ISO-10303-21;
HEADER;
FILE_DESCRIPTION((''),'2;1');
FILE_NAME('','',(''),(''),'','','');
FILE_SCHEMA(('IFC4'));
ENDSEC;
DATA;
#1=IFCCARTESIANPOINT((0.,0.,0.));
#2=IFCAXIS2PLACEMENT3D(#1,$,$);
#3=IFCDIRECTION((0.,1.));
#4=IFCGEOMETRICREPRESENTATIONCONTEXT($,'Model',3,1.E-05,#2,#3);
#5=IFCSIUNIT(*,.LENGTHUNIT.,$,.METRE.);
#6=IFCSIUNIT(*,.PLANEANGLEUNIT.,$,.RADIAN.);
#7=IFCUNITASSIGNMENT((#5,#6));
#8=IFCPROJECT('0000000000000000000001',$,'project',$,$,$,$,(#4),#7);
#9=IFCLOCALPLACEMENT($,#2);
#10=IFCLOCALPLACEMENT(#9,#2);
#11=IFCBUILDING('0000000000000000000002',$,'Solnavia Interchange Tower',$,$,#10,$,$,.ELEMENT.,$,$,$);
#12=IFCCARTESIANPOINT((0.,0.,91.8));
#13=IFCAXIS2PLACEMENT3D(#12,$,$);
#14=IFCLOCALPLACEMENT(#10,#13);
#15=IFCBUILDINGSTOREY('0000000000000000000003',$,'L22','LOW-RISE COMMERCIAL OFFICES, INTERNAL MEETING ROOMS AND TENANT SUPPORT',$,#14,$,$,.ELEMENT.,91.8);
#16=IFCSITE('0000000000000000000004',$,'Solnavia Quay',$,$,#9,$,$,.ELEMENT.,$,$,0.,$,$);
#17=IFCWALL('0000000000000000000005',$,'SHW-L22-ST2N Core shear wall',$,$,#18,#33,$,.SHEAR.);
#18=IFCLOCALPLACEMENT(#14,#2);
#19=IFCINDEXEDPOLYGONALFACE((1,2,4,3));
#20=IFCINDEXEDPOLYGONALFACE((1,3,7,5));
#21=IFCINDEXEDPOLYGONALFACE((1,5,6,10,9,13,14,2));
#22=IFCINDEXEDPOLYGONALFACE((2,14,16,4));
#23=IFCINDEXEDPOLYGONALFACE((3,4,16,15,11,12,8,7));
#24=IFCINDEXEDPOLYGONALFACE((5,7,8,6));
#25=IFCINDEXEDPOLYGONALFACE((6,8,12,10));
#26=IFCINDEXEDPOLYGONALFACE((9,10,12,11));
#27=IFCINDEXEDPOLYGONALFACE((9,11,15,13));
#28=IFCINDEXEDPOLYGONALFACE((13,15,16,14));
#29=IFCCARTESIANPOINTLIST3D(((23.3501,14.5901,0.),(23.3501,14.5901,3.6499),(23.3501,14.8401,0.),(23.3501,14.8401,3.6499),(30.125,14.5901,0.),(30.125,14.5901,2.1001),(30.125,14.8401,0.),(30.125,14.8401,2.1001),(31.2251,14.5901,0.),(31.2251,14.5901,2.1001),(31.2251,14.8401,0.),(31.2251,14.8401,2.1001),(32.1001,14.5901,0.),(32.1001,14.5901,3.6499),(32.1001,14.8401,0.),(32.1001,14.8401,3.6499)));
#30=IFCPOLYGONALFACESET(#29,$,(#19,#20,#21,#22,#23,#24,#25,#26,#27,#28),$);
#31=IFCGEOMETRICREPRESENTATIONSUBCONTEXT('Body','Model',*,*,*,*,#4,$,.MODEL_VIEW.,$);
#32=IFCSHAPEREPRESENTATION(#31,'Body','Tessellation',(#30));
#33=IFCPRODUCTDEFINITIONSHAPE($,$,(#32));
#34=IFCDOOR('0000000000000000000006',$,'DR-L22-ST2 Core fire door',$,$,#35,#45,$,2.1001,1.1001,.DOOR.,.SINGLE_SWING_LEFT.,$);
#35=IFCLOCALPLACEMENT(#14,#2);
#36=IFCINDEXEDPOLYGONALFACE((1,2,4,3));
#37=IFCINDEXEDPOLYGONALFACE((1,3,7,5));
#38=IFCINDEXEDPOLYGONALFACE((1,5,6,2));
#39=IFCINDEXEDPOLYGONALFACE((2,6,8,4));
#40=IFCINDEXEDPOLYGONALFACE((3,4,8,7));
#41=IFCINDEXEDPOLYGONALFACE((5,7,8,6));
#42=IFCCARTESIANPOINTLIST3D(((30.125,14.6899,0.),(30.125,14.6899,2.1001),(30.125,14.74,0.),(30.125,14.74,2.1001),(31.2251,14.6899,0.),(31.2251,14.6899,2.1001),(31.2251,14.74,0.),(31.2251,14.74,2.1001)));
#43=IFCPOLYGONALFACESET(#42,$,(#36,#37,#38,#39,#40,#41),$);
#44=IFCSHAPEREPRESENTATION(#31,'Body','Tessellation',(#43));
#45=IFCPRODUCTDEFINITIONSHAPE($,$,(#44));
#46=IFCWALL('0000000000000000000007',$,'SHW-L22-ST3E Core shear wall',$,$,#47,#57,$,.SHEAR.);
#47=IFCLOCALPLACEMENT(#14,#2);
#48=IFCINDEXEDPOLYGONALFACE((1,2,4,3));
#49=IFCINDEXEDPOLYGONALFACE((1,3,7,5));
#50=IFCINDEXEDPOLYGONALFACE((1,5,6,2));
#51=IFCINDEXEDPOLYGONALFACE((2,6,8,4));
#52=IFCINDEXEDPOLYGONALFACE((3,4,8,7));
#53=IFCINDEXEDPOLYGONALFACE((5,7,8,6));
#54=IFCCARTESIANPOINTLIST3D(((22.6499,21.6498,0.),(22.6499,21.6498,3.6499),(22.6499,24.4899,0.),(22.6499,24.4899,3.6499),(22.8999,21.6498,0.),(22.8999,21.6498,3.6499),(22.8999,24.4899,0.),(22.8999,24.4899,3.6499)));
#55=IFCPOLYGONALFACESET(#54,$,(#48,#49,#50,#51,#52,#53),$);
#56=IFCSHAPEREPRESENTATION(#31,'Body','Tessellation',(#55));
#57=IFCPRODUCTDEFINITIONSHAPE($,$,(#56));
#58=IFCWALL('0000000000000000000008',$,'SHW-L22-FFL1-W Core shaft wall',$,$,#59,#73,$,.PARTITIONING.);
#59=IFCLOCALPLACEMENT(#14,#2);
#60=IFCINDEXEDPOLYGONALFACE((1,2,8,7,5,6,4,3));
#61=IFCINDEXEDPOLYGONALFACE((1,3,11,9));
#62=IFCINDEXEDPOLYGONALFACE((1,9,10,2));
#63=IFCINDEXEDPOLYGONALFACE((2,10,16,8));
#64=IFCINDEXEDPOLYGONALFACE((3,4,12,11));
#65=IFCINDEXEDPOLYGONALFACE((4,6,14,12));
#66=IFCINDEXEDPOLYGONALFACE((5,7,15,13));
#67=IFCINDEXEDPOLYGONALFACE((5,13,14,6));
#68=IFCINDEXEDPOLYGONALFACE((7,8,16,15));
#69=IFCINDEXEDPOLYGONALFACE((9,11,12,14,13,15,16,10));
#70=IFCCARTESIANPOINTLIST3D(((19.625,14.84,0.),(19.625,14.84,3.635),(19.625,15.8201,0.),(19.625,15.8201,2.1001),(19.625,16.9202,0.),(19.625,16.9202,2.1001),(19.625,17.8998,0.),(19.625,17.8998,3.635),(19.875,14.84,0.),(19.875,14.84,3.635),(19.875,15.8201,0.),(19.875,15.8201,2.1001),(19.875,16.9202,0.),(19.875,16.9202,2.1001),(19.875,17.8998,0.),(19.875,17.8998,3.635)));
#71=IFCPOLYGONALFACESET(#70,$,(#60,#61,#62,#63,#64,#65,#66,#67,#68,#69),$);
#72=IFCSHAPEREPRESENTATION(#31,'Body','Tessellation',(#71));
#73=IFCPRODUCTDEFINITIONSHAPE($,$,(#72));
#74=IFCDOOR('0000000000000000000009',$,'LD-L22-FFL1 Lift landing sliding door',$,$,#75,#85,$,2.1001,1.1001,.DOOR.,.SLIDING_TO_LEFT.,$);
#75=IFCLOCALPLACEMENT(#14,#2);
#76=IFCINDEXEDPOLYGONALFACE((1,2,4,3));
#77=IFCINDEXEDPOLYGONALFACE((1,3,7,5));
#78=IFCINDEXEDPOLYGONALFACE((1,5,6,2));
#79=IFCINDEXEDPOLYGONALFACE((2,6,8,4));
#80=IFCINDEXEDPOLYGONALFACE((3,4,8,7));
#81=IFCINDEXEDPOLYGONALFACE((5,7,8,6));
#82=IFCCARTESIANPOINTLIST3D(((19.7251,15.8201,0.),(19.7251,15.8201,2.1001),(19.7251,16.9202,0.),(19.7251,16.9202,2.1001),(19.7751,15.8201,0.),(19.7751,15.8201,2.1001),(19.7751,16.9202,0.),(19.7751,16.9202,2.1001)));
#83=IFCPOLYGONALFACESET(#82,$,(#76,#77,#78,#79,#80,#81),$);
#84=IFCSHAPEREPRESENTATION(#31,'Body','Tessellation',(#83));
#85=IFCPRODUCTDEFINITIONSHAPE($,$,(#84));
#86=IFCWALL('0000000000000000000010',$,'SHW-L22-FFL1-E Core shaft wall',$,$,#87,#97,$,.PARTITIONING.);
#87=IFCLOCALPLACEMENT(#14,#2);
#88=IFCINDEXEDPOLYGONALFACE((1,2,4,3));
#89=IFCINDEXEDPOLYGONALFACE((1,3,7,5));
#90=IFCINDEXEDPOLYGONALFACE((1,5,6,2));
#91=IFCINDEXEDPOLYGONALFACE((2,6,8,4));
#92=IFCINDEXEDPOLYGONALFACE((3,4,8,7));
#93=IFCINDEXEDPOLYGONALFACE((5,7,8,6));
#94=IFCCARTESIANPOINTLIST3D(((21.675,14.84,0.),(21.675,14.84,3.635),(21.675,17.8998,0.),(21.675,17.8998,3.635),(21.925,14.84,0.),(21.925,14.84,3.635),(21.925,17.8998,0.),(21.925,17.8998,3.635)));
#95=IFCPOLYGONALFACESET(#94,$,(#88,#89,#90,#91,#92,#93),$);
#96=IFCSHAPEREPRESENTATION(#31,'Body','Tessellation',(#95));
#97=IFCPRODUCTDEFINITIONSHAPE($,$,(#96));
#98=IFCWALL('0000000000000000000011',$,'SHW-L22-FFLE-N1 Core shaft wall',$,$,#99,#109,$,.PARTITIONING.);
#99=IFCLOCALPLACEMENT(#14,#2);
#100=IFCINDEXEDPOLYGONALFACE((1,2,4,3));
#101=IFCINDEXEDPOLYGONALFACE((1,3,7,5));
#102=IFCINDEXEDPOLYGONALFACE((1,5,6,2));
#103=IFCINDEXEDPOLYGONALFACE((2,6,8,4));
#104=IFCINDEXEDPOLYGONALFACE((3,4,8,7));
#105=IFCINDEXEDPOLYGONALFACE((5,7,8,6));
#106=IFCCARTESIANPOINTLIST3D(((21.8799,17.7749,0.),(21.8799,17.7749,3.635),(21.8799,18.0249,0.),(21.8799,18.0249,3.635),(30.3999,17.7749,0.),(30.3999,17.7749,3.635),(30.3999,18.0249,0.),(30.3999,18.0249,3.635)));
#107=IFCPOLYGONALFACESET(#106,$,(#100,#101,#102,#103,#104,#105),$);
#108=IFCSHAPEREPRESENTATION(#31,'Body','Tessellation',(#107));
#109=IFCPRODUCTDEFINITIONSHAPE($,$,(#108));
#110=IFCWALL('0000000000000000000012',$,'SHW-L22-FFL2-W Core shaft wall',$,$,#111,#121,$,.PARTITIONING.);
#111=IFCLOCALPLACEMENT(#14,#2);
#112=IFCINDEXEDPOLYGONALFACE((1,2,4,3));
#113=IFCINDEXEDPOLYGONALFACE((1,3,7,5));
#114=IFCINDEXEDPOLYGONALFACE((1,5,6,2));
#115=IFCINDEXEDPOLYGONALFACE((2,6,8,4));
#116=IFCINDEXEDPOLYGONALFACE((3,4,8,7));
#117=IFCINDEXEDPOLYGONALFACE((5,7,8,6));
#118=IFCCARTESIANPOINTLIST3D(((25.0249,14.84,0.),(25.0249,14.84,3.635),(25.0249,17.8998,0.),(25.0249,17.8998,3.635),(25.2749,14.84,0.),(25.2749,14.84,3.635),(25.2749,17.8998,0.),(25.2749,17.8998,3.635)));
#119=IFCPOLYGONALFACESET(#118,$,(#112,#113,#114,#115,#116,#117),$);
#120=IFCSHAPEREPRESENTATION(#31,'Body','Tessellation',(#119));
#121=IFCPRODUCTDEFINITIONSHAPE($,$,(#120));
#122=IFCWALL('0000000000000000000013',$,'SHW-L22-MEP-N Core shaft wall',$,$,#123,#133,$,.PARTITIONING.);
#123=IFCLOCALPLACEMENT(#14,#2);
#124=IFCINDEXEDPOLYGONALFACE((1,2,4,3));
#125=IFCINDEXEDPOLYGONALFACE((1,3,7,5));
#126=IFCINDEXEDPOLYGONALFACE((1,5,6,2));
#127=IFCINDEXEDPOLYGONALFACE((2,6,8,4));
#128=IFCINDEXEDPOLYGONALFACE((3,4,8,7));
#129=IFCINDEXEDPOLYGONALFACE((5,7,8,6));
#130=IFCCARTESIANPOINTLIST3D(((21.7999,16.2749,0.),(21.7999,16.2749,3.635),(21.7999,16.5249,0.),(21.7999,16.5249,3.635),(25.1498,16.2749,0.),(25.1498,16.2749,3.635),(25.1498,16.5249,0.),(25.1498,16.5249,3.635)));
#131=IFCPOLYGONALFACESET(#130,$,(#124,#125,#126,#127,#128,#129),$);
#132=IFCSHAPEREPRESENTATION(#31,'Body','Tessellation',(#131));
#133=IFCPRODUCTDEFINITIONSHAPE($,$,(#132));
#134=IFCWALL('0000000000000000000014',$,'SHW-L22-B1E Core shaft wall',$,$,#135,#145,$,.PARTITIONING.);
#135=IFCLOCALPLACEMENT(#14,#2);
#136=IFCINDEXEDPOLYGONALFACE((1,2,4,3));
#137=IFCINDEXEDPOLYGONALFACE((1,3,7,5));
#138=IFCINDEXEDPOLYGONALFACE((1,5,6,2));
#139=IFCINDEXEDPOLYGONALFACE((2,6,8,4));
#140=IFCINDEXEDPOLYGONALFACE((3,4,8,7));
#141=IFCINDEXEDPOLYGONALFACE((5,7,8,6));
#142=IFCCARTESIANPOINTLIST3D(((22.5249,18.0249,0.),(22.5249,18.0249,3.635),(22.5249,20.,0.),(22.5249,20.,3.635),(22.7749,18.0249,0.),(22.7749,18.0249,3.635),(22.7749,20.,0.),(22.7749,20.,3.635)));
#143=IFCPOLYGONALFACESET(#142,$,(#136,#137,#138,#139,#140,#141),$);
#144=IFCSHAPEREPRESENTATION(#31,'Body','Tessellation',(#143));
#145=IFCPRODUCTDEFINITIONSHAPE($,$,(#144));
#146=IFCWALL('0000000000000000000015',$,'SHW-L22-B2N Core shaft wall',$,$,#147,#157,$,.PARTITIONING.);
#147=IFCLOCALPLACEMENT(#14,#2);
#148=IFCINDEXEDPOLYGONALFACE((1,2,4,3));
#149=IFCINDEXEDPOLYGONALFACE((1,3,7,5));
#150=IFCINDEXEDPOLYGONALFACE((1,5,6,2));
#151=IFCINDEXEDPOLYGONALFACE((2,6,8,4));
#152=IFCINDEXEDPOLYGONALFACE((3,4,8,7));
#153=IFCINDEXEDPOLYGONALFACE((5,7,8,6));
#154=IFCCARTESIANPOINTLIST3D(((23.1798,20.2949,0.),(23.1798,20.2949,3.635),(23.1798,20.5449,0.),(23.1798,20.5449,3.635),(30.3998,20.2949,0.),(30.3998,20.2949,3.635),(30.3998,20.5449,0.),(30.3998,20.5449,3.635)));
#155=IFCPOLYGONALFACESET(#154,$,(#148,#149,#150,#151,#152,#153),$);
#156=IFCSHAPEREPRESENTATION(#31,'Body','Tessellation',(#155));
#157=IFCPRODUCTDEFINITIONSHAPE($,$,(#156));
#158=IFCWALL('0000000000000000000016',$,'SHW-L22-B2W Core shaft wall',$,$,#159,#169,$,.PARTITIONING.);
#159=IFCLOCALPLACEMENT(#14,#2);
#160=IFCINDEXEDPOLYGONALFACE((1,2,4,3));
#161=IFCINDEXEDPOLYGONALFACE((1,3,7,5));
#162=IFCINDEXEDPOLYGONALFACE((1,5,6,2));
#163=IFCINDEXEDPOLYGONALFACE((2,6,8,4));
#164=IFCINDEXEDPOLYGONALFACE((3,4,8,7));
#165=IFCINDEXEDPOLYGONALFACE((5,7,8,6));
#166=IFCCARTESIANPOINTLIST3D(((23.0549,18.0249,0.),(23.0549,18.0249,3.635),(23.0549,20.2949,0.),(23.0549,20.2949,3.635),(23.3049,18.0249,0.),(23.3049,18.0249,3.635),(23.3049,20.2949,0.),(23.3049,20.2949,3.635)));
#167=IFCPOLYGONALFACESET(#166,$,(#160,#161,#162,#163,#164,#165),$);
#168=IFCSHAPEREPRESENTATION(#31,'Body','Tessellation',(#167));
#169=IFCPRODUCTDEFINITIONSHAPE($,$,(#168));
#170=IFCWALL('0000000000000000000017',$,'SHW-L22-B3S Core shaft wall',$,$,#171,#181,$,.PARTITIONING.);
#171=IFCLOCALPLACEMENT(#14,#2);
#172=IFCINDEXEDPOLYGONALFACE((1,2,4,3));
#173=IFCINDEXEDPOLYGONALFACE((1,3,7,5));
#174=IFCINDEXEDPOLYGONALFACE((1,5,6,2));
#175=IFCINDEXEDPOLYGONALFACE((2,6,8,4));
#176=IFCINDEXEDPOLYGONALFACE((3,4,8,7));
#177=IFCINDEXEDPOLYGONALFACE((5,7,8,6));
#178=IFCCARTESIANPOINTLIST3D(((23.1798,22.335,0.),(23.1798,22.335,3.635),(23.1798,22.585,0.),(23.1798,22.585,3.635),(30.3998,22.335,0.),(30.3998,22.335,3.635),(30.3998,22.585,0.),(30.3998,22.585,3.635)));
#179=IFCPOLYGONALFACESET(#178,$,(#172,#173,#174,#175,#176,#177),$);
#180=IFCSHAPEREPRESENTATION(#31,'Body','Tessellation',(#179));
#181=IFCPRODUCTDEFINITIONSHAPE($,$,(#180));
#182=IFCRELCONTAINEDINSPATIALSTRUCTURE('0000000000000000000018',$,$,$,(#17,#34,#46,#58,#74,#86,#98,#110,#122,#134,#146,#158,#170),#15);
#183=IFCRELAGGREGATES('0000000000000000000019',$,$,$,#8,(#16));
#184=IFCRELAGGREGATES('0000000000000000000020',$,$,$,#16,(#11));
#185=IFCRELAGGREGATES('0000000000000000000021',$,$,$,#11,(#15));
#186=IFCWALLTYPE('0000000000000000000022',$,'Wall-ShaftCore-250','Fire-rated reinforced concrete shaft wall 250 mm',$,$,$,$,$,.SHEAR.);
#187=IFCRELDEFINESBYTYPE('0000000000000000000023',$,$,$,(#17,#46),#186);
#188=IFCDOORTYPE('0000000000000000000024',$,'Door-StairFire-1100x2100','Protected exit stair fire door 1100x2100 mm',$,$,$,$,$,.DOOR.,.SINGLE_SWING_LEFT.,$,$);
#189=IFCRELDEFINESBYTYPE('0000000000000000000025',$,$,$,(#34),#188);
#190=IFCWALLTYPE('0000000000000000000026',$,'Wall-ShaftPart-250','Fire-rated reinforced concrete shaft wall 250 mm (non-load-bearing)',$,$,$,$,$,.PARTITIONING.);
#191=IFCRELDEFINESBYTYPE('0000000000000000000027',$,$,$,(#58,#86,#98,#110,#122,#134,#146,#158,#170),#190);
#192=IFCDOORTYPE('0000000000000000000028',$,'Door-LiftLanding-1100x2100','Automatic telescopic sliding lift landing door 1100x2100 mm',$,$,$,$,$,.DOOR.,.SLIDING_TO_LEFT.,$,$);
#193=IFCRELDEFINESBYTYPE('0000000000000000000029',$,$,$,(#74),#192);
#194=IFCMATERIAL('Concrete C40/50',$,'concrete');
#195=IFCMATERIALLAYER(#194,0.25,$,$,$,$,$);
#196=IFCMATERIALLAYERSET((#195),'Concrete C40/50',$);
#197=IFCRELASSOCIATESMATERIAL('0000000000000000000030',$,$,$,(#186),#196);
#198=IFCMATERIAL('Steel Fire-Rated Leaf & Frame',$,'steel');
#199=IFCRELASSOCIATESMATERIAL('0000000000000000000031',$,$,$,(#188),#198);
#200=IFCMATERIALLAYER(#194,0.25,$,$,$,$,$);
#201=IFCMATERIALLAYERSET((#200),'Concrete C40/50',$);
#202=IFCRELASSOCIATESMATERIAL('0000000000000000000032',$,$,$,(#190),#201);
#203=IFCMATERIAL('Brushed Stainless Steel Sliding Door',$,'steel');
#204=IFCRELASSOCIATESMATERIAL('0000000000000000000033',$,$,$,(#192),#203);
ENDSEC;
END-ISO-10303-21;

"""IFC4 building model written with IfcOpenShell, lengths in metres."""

from ifc_helpers import new_model, si_unit, direction, frame, frame_2d, origin, place, context, subcontext, project, spatial, rectangle, extrude, material, layer, layer_set, type_object, element, fill, save


model = new_model("IFC4")

# Units and contexts
model_context = context("Model", 3, precision=1e-05, world=origin(), true_north=direction((0.0, 1.0)))
body_context = subcontext(model_context, "Body", "Model", "MODEL_VIEW")
ifc_project = project(units=[si_unit("LENGTHUNIT", "METRE"), si_unit("PLANEANGLEUNIT", "RADIAN")], contexts=[model_context])

# Site, building, storey
site_placement = place(None, origin())
site = spatial("IfcSite", under=ifc_project, at=site_placement, Name="Solnavia Quay", CompositionType="ELEMENT", RefElevation=0.0)
building_placement = place(site_placement, origin())
building = spatial("IfcBuilding", under=site, at=building_placement, Name="Solnavia Interchange Tower", CompositionType="ELEMENT")
storey_placement = place(building_placement, frame((0.0, 0.0, 91.8)))
storey = spatial("IfcBuildingStorey", under=building, at=storey_placement, Name="L22", Description="LOW-RISE COMMERCIAL OFFICES, INTERNAL MEETING ROOMS AND TENANT SUPPORT", CompositionType="ELEMENT", Elevation=91.8)

# Wall, opening, door
ifc_material_1 = material(Name="Concrete C40/50", Category="concrete")
ifc_layer_1 = layer(ifc_material_1, 0.25)
ifc_layer_set_1 = layer_set([ifc_layer_1], Name="Concrete C40/50")
wall_type_1 = type_object("IfcWallType", Name="Wall-ShaftCore-250", Description="Fire-rated reinforced concrete shaft wall 250 mm", PredefinedType="SHEAR", material=ifc_layer_set_1)
wall_1_placement = place(storey_placement, frame((23.3501, 14.7151, 0.0), z_axis=(0.0, 0.0, 1.0), x_axis=(1.0, 0.0, 0.0)))
wall_1 = element("IfcWall", 1, at=wall_1_placement, inside=storey, type_object=wall_type_1, Name="SHW-L22-ST2N Core shear wall", PredefinedType="SHEAR", context=body_context, shape_type="SweptSolid", body=[
    extrude(rectangle(XDim=8.75, YDim=0.25, at=frame_2d((4.375, 0.0))), origin(), (0.0, 0.0, 1.0), 3.6499),
])
opening_1_placement = place(wall_1_placement, frame((6.7749, 0.0, 0.0)))
opening_1 = element("IfcOpeningElement", 2, at=opening_1_placement, cuts=wall_1, PredefinedType="OPENING", context=body_context, shape_type="SweptSolid", body=[
    extrude(rectangle(XDim=1.1001, YDim=2.1001, at=frame_2d((0.55, 1.05))), frame((0.0, 0.135, 0.0), z_axis=(0.0, -1.0, 0.0), x_axis=(1.0, 0.0, 0.0)), (0.0, 0.0, 1.0), 0.27),
])
ifc_material_2 = material(Name="Steel Fire-Rated Leaf & Frame", Category="steel")
door_type_1 = type_object("IfcDoorType", Name="Door-StairFire-1100x2100", Description="Protected exit stair fire door 1100x2100 mm", OperationType="SINGLE_SWING_LEFT", PredefinedType="DOOR", material=ifc_material_2)
door_1_placement = place(opening_1_placement, origin())
door_1 = element("IfcDoor", 3, at=door_1_placement, inside=storey, type_object=door_type_1, Name="DR-L22-ST2 Core fire door", OperationType="SINGLE_SWING_LEFT", OverallHeight=2.1001, OverallWidth=1.1001, PredefinedType="DOOR", context=body_context, shape_type="SweptSolid", body=[
    extrude(rectangle(XDim=1.1001, YDim=2.1001, at=frame_2d((0.55, 1.05))), frame((0.0, 0.0249, 0.0), z_axis=(0.0, -1.0, 0.0), x_axis=(1.0, 0.0, 0.0)), (0.0, 0.0, 1.0), 0.05),
])
fill(opening_1, door_1)

# Wall
wall_2_placement = place(storey_placement, frame((22.7749, 21.6499, 0.0), z_axis=(0.0, 0.0, 1.0), x_axis=(0.0, 1.0, 0.0)))
element("IfcWall", 4, at=wall_2_placement, inside=storey, type_object=wall_type_1, Name="SHW-L22-ST3E Core shear wall", PredefinedType="SHEAR", context=body_context, shape_type="SweptSolid", body=[
    extrude(rectangle(XDim=2.8401, YDim=0.25, at=frame_2d((1.4199, 0.0))), origin(), (0.0, 0.0, 1.0), 3.6499),
])

# Wall, opening, door
ifc_layer_2 = layer(ifc_material_1, 0.25)
ifc_layer_set_2 = layer_set([ifc_layer_2], Name="Concrete C40/50")
wall_type_2 = type_object("IfcWallType", Name="Wall-ShaftPart-250", Description="Fire-rated reinforced concrete shaft wall 250 mm (non-load-bearing)", PredefinedType="PARTITIONING", material=ifc_layer_set_2)
wall_3_placement = place(storey_placement, frame((19.75, 14.8401, 0.0), z_axis=(0.0, 0.0, 1.0), x_axis=(0.0, 1.0, 0.0)))
wall_3 = element("IfcWall", 5, at=wall_3_placement, inside=storey, type_object=wall_type_2, Name="SHW-L22-FFL1-W Core shaft wall", PredefinedType="PARTITIONING", context=body_context, shape_type="SweptSolid", body=[
    extrude(rectangle(XDim=3.0598, YDim=0.25, at=frame_2d((1.5298, 0.0))), origin(), (0.0, 0.0, 1.0), 3.635),
])
opening_2_placement = place(wall_3_placement, frame((0.98, 0.0, 0.0)))
opening_2 = element("IfcOpeningElement", 6, at=opening_2_placement, cuts=wall_3, PredefinedType="OPENING", context=body_context, shape_type="SweptSolid", body=[
    extrude(rectangle(XDim=1.1001, YDim=2.1001, at=frame_2d((0.55, 1.05))), frame((0.0, 0.135, 0.0), z_axis=(0.0, -1.0, 0.0), x_axis=(1.0, 0.0, 0.0)), (0.0, 0.0, 1.0), 0.27),
])
ifc_material_3 = material(Name="Brushed Stainless Steel Sliding Door", Category="steel")
door_type_2 = type_object("IfcDoorType", Name="Door-LiftLanding-1100x2100", Description="Automatic telescopic sliding lift landing door 1100x2100 mm", OperationType="SLIDING_TO_LEFT", PredefinedType="DOOR", material=ifc_material_3)
door_2_placement = place(opening_2_placement, origin())
door_2 = element("IfcDoor", 7, at=door_2_placement, inside=storey, type_object=door_type_2, Name="LD-L22-FFL1 Lift landing sliding door", OperationType="SLIDING_TO_LEFT", OverallHeight=2.1001, OverallWidth=1.1001, PredefinedType="DOOR", context=body_context, shape_type="SweptSolid", body=[
    extrude(rectangle(XDim=1.1001, YDim=2.1001, at=frame_2d((0.55, 1.05))), frame((0.0, 0.0249, 0.0), z_axis=(0.0, -1.0, 0.0), x_axis=(1.0, 0.0, 0.0)), (0.0, 0.0, 1.0), 0.05),
])
fill(opening_2, door_2)

# Walls
wall_4_placement = place(storey_placement, frame((21.8, 14.8401, 0.0), z_axis=(0.0, 0.0, 1.0), x_axis=(0.0, 1.0, 0.0)))
element("IfcWall", 8, at=wall_4_placement, inside=storey, type_object=wall_type_2, Name="SHW-L22-FFL1-E Core shaft wall", PredefinedType="PARTITIONING", context=body_context, shape_type="SweptSolid", body=[
    extrude(rectangle(XDim=3.0598, YDim=0.25, at=frame_2d((1.5298, 0.0))), origin(), (0.0, 0.0, 1.0), 3.635),
])
wall_5_placement = place(storey_placement, frame((21.8799, 17.8999, 0.0), z_axis=(0.0, 0.0, 1.0), x_axis=(1.0, 0.0, 0.0)))
element("IfcWall", 9, at=wall_5_placement, inside=storey, type_object=wall_type_2, Name="SHW-L22-FFLE-N1 Core shaft wall", PredefinedType="PARTITIONING", context=body_context, shape_type="SweptSolid", body=[
    extrude(rectangle(XDim=8.52, YDim=0.25, at=frame_2d((4.26, 0.0))), origin(), (0.0, 0.0, 1.0), 3.635),
])
wall_6_placement = place(storey_placement, frame((25.1499, 14.8401, 0.0), z_axis=(0.0, 0.0, 1.0), x_axis=(0.0, 1.0, 0.0)))
element("IfcWall", 10, at=wall_6_placement, inside=storey, type_object=wall_type_2, Name="SHW-L22-FFL2-W Core shaft wall", PredefinedType="PARTITIONING", context=body_context, shape_type="SweptSolid", body=[
    extrude(rectangle(XDim=3.0598, YDim=0.25, at=frame_2d((1.5298, 0.0))), origin(), (0.0, 0.0, 1.0), 3.635),
])
wall_7_placement = place(storey_placement, frame((21.8, 16.3999, 0.0), z_axis=(0.0, 0.0, 1.0), x_axis=(1.0, 0.0, 0.0)))
element("IfcWall", 11, at=wall_7_placement, inside=storey, type_object=wall_type_2, Name="SHW-L22-MEP-N Core shaft wall", PredefinedType="PARTITIONING", context=body_context, shape_type="SweptSolid", body=[
    extrude(rectangle(XDim=3.3499, YDim=0.25, at=frame_2d((1.6748, 0.0))), origin(), (0.0, 0.0, 1.0), 3.635),
])
wall_8_placement = place(storey_placement, frame((22.6499, 18.0249, 0.0), z_axis=(0.0, 0.0, 1.0), x_axis=(0.0, 1.0, 0.0)))
element("IfcWall", 12, at=wall_8_placement, inside=storey, type_object=wall_type_2, Name="SHW-L22-B1E Core shaft wall", PredefinedType="PARTITIONING", context=body_context, shape_type="SweptSolid", body=[
    extrude(rectangle(XDim=1.9751, YDim=0.25, at=frame_2d((0.9875, 0.0))), origin(), (0.0, 0.0, 1.0), 3.635),
])
wall_9_placement = place(storey_placement, frame((23.1799, 20.4199, 0.0), z_axis=(0.0, 0.0, 1.0), x_axis=(1.0, 0.0, 0.0)))
element("IfcWall", 13, at=wall_9_placement, inside=storey, type_object=wall_type_2, Name="SHW-L22-B2N Core shaft wall", PredefinedType="PARTITIONING", context=body_context, shape_type="SweptSolid", body=[
    extrude(rectangle(XDim=7.22, YDim=0.25, at=frame_2d((3.6099, 0.0))), origin(), (0.0, 0.0, 1.0), 3.635),
])
wall_10_placement = place(storey_placement, frame((23.1799, 18.0249, 0.0), z_axis=(0.0, 0.0, 1.0), x_axis=(0.0, 1.0, 0.0)))
element("IfcWall", 14, at=wall_10_placement, inside=storey, type_object=wall_type_2, Name="SHW-L22-B2W Core shaft wall", PredefinedType="PARTITIONING", context=body_context, shape_type="SweptSolid", body=[
    extrude(rectangle(XDim=2.27, YDim=0.25, at=frame_2d((1.135, 0.0))), origin(), (0.0, 0.0, 1.0), 3.635),
])
wall_11_placement = place(storey_placement, frame((23.1799, 22.46, 0.0), z_axis=(0.0, 0.0, 1.0), x_axis=(1.0, 0.0, 0.0)))
element("IfcWall", 15, at=wall_11_placement, inside=storey, type_object=wall_type_2, Name="SHW-L22-B3S Core shaft wall", PredefinedType="PARTITIONING", context=body_context, shape_type="SweptSolid", body=[
    extrude(rectangle(XDim=7.22, YDim=0.25, at=frame_2d((3.6099, 0.0))), origin(), (0.0, 0.0, 1.0), 3.635),
])

save(model, "model.ifc")
